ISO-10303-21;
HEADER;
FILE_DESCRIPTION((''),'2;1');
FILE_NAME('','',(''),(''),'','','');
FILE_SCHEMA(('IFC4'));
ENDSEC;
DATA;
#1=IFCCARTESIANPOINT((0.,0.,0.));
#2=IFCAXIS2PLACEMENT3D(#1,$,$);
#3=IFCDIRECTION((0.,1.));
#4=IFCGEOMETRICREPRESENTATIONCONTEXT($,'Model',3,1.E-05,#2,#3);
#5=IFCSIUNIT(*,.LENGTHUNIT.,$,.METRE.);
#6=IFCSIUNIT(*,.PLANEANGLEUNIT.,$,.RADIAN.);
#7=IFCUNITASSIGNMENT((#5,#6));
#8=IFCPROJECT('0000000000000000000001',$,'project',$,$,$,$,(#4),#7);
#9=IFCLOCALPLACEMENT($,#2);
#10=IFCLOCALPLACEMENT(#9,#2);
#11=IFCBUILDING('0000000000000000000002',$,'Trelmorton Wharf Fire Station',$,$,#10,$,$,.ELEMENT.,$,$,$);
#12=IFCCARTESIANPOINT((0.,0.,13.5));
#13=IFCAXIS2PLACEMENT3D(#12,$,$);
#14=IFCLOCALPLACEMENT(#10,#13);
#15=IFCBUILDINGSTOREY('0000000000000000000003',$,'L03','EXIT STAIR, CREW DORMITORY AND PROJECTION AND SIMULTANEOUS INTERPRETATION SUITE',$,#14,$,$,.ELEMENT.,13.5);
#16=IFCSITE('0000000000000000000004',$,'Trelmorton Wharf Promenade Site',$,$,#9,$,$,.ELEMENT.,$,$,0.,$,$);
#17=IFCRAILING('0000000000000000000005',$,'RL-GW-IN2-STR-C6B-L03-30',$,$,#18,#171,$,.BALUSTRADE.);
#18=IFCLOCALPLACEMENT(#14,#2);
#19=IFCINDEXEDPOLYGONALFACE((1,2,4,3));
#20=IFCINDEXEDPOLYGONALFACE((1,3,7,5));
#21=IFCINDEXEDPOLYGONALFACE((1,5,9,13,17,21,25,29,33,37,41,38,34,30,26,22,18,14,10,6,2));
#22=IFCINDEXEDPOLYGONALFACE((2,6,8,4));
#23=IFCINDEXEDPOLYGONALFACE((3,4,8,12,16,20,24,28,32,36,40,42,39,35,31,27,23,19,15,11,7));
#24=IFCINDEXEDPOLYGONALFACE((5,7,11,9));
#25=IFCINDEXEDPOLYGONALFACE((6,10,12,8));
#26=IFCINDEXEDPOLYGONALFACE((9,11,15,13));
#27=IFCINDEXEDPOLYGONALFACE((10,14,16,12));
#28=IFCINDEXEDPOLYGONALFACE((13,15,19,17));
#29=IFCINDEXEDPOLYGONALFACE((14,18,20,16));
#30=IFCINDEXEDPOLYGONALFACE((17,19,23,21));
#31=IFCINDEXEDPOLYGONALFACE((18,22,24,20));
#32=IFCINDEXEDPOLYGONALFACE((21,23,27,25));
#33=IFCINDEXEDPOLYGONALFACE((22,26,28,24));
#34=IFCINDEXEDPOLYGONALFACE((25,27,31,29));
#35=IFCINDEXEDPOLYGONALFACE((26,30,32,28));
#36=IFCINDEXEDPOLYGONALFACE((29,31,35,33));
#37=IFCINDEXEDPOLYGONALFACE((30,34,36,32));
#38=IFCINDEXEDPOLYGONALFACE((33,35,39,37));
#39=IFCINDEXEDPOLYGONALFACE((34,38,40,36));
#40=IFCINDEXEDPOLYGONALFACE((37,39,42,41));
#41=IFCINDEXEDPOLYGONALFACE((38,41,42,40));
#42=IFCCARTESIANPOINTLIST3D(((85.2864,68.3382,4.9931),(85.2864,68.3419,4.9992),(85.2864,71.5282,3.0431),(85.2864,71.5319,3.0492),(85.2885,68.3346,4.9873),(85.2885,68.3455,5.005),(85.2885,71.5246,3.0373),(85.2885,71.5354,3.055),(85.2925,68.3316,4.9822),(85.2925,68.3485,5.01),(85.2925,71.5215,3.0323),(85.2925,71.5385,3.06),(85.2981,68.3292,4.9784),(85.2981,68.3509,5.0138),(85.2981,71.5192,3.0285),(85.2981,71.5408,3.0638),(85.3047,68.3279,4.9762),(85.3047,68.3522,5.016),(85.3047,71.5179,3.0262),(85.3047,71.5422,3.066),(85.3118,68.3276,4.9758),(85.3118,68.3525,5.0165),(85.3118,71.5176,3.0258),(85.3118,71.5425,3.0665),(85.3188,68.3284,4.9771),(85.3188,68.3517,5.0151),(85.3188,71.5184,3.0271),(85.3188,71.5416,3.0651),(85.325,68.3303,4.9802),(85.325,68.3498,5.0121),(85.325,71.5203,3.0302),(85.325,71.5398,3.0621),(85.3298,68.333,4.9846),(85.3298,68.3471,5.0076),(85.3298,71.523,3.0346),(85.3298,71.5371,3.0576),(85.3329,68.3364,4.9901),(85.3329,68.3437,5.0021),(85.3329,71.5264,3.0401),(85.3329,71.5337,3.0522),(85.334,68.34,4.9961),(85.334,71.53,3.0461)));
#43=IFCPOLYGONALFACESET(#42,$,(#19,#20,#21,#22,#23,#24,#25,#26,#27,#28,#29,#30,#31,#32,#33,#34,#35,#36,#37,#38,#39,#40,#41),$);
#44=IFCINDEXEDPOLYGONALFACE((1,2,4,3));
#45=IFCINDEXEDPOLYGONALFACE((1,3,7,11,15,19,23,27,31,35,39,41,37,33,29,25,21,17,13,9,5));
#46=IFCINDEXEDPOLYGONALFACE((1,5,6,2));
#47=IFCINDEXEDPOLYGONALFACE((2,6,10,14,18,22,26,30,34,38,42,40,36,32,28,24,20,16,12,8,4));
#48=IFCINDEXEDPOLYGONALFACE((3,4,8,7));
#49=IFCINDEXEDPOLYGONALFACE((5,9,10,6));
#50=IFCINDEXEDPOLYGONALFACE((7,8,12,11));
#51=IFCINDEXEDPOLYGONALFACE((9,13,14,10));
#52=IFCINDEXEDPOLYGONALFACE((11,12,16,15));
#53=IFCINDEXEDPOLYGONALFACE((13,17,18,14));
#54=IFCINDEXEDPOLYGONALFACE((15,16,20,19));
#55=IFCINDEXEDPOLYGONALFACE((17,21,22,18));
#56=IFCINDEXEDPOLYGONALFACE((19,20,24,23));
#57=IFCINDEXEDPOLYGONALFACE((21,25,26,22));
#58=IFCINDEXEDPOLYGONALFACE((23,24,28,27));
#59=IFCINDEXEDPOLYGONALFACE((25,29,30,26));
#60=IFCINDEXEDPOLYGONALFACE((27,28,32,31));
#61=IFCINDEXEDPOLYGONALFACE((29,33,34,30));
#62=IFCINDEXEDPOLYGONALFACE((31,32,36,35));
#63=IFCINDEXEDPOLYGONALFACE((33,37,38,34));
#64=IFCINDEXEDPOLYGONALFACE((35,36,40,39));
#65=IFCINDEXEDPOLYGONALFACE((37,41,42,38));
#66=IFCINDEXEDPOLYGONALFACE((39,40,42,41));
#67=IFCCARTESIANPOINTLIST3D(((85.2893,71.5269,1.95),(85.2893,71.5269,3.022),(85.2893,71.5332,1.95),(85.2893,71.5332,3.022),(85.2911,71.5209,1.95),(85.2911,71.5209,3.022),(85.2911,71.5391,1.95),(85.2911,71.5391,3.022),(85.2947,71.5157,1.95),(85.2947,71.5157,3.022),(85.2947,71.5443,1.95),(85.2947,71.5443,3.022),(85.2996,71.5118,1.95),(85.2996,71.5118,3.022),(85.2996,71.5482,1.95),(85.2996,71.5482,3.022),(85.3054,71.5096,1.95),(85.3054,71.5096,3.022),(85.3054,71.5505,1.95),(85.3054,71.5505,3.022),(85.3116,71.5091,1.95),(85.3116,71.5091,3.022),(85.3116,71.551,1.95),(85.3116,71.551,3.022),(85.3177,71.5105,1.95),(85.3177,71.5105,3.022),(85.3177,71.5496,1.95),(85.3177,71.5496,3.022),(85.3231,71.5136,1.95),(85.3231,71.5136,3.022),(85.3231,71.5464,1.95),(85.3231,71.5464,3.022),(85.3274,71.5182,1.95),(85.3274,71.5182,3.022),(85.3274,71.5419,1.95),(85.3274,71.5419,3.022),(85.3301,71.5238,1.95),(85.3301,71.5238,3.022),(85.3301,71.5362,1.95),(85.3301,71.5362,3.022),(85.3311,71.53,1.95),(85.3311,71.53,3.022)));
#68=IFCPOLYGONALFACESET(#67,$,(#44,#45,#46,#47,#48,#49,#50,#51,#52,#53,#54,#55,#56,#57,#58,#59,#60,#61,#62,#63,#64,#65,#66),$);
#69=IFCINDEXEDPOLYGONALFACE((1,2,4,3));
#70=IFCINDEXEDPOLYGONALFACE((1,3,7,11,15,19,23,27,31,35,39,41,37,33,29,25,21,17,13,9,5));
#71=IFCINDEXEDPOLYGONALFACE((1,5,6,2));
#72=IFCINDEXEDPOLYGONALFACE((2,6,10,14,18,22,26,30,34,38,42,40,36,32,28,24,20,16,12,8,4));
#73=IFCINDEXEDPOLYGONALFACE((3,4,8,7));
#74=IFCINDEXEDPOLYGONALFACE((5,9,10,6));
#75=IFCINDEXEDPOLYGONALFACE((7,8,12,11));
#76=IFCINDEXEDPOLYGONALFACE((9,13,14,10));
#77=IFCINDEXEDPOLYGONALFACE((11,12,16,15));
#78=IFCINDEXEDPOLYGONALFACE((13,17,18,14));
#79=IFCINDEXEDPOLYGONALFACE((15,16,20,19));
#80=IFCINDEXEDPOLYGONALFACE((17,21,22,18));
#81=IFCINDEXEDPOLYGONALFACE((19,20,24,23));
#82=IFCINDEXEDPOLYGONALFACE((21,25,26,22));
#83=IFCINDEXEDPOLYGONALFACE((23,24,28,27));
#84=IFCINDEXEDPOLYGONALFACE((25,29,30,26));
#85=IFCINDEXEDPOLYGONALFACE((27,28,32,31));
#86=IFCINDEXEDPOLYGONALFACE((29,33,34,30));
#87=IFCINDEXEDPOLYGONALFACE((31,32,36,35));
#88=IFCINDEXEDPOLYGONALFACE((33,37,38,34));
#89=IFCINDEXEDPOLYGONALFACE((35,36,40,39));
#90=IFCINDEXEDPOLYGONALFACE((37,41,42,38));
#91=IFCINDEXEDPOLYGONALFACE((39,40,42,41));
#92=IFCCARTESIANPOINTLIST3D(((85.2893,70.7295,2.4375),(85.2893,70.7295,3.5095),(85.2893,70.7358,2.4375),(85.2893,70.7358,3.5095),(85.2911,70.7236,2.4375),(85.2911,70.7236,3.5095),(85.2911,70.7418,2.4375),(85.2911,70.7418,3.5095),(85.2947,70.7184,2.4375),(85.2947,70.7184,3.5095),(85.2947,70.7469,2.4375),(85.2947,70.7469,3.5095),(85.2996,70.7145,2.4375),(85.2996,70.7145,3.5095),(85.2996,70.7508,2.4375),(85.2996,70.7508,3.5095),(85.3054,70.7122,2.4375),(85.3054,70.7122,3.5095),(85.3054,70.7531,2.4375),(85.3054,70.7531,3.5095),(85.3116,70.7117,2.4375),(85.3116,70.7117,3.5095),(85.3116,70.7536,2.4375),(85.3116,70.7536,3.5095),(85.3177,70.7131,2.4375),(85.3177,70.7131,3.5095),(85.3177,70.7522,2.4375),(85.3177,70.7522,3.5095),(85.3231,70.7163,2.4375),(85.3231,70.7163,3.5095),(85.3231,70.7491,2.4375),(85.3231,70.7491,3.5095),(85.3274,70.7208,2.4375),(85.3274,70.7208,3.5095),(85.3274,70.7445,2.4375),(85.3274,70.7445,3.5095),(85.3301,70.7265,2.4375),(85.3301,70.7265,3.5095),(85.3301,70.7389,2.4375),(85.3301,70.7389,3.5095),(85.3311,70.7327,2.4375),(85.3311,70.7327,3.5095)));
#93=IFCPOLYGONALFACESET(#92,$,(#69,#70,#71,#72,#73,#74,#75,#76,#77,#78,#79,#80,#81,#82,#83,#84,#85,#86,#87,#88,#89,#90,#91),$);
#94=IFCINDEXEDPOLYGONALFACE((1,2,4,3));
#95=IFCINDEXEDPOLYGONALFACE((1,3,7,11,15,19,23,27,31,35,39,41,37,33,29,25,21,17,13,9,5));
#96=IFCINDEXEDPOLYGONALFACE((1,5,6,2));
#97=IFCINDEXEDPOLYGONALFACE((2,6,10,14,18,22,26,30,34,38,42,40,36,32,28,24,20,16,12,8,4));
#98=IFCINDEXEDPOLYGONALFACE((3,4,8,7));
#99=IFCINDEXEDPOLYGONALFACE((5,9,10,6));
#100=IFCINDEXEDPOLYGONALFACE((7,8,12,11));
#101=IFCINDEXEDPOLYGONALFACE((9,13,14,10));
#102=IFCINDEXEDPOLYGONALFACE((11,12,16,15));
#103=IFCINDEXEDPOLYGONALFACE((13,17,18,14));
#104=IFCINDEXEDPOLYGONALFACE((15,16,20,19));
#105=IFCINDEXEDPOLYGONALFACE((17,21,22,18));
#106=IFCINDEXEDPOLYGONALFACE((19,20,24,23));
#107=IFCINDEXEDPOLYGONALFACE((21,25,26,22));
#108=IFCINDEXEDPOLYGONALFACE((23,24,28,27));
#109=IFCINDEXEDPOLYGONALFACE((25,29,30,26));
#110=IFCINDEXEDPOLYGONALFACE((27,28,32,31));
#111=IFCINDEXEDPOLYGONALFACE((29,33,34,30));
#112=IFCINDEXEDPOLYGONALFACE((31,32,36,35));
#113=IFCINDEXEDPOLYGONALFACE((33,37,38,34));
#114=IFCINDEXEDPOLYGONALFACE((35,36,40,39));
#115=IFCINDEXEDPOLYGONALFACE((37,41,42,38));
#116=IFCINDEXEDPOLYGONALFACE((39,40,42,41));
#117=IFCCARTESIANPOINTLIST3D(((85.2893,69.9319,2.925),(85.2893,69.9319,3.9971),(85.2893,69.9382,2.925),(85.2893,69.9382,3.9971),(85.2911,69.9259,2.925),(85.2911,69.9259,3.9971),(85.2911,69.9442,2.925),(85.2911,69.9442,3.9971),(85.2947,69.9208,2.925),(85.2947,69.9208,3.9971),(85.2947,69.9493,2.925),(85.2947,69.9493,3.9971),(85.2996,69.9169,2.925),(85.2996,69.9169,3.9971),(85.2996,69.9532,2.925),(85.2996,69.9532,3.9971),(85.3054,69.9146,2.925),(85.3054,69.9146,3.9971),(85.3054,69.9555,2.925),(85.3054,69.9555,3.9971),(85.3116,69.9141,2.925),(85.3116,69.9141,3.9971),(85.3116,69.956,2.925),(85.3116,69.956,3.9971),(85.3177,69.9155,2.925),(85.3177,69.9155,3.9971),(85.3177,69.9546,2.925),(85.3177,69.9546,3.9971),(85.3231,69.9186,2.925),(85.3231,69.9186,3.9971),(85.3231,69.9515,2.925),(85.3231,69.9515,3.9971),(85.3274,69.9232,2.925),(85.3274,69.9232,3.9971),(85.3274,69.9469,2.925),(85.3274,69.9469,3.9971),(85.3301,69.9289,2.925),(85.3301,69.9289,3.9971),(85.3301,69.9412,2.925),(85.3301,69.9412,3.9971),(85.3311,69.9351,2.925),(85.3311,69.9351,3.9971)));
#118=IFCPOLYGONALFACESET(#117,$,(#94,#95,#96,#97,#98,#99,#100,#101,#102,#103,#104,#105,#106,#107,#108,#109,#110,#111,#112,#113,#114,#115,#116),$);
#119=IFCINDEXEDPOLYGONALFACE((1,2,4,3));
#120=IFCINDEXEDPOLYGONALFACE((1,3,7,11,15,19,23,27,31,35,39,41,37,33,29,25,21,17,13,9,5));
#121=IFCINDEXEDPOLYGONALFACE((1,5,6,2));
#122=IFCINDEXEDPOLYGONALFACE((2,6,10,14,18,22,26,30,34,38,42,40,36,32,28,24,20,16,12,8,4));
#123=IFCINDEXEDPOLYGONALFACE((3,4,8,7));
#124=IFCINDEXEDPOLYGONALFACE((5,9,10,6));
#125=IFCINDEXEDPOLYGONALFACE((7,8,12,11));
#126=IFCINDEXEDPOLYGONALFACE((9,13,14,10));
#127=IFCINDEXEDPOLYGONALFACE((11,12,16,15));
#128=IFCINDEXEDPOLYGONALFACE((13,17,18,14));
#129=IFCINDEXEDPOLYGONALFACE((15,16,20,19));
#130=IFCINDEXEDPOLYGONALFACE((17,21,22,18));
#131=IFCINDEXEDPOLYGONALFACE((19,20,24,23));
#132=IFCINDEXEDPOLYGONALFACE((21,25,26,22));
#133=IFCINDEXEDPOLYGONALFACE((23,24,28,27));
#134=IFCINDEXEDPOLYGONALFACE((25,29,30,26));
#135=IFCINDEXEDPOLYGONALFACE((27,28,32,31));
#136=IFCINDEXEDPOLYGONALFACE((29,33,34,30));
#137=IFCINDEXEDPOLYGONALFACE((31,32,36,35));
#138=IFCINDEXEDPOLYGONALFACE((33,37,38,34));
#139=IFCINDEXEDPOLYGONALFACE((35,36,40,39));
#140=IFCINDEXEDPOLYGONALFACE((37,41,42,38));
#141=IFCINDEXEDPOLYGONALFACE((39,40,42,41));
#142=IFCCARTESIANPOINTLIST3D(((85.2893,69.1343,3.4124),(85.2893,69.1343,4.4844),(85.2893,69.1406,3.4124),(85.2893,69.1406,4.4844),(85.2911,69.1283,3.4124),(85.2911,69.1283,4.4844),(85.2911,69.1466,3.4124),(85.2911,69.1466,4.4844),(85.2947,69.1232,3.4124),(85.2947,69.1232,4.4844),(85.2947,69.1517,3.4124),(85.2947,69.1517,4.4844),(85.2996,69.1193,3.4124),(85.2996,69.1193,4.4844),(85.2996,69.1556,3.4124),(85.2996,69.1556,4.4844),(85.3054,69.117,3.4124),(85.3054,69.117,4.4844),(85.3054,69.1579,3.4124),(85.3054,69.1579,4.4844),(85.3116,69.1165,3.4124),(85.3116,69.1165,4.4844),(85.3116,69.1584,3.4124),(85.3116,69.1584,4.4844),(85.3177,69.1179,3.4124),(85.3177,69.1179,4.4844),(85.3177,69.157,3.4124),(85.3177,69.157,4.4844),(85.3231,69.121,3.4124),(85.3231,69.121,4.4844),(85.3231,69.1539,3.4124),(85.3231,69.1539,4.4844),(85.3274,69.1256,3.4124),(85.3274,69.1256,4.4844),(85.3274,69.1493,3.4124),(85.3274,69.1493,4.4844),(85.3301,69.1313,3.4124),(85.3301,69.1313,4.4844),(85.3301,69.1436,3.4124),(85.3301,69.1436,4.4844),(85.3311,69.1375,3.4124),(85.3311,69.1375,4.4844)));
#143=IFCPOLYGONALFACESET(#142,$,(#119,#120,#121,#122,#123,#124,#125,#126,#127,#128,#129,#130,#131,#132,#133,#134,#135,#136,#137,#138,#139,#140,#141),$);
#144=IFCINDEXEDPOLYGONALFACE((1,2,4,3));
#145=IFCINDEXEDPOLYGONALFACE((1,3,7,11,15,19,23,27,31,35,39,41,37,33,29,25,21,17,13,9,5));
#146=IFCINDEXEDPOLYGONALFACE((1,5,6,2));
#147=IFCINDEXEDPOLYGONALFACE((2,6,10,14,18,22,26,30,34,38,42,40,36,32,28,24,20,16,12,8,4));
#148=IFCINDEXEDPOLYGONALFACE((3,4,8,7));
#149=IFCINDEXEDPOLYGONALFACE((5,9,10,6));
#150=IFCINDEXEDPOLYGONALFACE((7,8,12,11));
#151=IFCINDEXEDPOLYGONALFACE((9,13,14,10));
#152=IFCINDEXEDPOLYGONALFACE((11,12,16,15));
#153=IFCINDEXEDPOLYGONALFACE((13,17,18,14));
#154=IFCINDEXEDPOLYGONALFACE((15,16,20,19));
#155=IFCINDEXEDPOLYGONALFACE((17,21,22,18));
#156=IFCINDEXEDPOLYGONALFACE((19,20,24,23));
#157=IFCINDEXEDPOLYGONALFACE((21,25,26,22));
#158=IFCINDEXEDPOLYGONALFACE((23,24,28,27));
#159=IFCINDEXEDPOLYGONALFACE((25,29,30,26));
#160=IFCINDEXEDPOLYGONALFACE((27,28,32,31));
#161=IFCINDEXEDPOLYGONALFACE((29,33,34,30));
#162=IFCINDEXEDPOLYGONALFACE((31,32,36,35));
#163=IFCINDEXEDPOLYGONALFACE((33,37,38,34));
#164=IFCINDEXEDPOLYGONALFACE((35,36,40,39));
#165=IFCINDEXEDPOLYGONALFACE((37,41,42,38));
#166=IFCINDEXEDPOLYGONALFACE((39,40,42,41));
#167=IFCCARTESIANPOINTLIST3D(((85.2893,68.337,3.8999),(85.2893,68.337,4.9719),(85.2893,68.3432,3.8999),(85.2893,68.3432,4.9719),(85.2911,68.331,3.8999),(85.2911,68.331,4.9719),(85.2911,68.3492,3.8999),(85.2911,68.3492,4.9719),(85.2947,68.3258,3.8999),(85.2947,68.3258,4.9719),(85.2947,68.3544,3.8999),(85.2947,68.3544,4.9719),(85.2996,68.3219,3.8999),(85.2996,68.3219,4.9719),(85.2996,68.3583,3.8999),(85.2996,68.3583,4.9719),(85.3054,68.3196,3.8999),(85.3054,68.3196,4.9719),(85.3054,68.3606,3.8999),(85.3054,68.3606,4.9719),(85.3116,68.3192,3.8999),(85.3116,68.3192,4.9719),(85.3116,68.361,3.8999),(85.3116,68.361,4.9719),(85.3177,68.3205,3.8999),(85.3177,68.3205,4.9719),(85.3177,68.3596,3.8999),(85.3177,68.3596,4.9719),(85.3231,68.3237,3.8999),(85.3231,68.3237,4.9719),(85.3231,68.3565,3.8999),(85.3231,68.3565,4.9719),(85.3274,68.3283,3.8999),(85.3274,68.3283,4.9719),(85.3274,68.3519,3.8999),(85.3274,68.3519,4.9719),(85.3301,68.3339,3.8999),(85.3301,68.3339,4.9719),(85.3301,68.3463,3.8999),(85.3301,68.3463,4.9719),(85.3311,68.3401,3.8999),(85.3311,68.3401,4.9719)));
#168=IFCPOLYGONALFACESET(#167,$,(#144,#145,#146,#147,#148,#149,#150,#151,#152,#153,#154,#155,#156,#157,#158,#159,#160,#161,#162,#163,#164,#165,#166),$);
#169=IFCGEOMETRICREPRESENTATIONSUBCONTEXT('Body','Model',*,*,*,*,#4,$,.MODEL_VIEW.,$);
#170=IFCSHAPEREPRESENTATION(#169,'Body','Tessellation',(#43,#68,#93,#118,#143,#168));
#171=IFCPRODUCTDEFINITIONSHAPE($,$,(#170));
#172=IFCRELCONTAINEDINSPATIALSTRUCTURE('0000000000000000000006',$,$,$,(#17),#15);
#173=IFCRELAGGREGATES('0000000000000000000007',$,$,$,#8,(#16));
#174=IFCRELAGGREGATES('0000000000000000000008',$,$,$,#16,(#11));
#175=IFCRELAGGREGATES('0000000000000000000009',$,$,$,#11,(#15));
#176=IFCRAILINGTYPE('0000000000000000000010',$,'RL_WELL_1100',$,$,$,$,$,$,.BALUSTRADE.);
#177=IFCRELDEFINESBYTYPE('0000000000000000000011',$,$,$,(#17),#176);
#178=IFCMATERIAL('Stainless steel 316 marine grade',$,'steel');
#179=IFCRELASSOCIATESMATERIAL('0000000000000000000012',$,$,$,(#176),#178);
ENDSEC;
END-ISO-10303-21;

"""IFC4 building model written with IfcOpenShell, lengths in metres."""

from ifc_helpers import new_model, si_unit, direction, frame, origin, origin_2d, place, context, subcontext, project, spatial, circle, extrude, material, type_object, element, save


model = new_model("IFC4")

# Units and contexts
model_context = context("Model", 3, precision=1e-05, world=origin(), true_north=direction((0.0, 1.0)))
body_context = subcontext(model_context, "Body", "Model", "MODEL_VIEW")
ifc_project = project(units=[si_unit("LENGTHUNIT", "METRE"), si_unit("PLANEANGLEUNIT", "RADIAN")], contexts=[model_context])

# Site, building, storey
site_placement = place(None, origin())
site = spatial("IfcSite", under=ifc_project, at=site_placement, Name="Trelmorton Wharf Promenade Site", CompositionType="ELEMENT", RefElevation=0.0)
building_placement = place(site_placement, origin())
building = spatial("IfcBuilding", under=site, at=building_placement, Name="Trelmorton Wharf Fire Station", CompositionType="ELEMENT")
storey_placement = place(building_placement, frame((0.0, 0.0, 13.5)))
storey = spatial("IfcBuildingStorey", under=building, at=storey_placement, Name="L03", Description="EXIT STAIR, CREW DORMITORY AND PROJECTION AND SIMULTANEOUS INTERPRETATION SUITE", CompositionType="ELEMENT", Elevation=13.5)

# Railing
ifc_material_1 = material(Name="Stainless steel 316 marine grade", Category="steel")
railing_type_1 = type_object("IfcRailingType", Name="RL_WELL_1100", PredefinedType="BALUSTRADE", material=ifc_material_1)
railing_1_placement = place(storey_placement, frame((85.3101, 71.53, 1.95)))
element("IfcRailing", 1, at=railing_1_placement, inside=storey, type_object=railing_type_1, Name="RL-GW-IN2-STR-C6B-L03-30", PredefinedType="BALUSTRADE", context=body_context, shape_type="SweptSolid", body=[
    extrude(circle(Radius=0.0239, at=origin_2d()), frame((0.0, 0.0, 1.0962), z_axis=(0.0, -0.853217, 0.521556), x_axis=(1.0, 0.0, 0.0)), (0.0, 0.0, 1.0), 3.7388),
    extrude(circle(Radius=0.021, at=origin_2d()), origin(), (0.0, 0.0, 1.0), 1.072),
    extrude(circle(Radius=0.021, at=origin_2d()), frame((0.0, -0.7974, 0.4875)), (0.0, 0.0, 1.0), 1.072),
    extrude(circle(Radius=0.021, at=origin_2d()), frame((0.0, -1.595, 0.9751)), (0.0, 0.0, 1.0), 1.072),
    extrude(circle(Radius=0.021, at=origin_2d()), frame((0.0, -2.3926, 1.4624)), (0.0, 0.0, 1.0), 1.072),
    extrude(circle(Radius=0.021, at=origin_2d()), frame((0.0, -3.1899, 1.95)), (0.0, 0.0, 1.0), 1.072),
])

save(model, "model.ifc")
